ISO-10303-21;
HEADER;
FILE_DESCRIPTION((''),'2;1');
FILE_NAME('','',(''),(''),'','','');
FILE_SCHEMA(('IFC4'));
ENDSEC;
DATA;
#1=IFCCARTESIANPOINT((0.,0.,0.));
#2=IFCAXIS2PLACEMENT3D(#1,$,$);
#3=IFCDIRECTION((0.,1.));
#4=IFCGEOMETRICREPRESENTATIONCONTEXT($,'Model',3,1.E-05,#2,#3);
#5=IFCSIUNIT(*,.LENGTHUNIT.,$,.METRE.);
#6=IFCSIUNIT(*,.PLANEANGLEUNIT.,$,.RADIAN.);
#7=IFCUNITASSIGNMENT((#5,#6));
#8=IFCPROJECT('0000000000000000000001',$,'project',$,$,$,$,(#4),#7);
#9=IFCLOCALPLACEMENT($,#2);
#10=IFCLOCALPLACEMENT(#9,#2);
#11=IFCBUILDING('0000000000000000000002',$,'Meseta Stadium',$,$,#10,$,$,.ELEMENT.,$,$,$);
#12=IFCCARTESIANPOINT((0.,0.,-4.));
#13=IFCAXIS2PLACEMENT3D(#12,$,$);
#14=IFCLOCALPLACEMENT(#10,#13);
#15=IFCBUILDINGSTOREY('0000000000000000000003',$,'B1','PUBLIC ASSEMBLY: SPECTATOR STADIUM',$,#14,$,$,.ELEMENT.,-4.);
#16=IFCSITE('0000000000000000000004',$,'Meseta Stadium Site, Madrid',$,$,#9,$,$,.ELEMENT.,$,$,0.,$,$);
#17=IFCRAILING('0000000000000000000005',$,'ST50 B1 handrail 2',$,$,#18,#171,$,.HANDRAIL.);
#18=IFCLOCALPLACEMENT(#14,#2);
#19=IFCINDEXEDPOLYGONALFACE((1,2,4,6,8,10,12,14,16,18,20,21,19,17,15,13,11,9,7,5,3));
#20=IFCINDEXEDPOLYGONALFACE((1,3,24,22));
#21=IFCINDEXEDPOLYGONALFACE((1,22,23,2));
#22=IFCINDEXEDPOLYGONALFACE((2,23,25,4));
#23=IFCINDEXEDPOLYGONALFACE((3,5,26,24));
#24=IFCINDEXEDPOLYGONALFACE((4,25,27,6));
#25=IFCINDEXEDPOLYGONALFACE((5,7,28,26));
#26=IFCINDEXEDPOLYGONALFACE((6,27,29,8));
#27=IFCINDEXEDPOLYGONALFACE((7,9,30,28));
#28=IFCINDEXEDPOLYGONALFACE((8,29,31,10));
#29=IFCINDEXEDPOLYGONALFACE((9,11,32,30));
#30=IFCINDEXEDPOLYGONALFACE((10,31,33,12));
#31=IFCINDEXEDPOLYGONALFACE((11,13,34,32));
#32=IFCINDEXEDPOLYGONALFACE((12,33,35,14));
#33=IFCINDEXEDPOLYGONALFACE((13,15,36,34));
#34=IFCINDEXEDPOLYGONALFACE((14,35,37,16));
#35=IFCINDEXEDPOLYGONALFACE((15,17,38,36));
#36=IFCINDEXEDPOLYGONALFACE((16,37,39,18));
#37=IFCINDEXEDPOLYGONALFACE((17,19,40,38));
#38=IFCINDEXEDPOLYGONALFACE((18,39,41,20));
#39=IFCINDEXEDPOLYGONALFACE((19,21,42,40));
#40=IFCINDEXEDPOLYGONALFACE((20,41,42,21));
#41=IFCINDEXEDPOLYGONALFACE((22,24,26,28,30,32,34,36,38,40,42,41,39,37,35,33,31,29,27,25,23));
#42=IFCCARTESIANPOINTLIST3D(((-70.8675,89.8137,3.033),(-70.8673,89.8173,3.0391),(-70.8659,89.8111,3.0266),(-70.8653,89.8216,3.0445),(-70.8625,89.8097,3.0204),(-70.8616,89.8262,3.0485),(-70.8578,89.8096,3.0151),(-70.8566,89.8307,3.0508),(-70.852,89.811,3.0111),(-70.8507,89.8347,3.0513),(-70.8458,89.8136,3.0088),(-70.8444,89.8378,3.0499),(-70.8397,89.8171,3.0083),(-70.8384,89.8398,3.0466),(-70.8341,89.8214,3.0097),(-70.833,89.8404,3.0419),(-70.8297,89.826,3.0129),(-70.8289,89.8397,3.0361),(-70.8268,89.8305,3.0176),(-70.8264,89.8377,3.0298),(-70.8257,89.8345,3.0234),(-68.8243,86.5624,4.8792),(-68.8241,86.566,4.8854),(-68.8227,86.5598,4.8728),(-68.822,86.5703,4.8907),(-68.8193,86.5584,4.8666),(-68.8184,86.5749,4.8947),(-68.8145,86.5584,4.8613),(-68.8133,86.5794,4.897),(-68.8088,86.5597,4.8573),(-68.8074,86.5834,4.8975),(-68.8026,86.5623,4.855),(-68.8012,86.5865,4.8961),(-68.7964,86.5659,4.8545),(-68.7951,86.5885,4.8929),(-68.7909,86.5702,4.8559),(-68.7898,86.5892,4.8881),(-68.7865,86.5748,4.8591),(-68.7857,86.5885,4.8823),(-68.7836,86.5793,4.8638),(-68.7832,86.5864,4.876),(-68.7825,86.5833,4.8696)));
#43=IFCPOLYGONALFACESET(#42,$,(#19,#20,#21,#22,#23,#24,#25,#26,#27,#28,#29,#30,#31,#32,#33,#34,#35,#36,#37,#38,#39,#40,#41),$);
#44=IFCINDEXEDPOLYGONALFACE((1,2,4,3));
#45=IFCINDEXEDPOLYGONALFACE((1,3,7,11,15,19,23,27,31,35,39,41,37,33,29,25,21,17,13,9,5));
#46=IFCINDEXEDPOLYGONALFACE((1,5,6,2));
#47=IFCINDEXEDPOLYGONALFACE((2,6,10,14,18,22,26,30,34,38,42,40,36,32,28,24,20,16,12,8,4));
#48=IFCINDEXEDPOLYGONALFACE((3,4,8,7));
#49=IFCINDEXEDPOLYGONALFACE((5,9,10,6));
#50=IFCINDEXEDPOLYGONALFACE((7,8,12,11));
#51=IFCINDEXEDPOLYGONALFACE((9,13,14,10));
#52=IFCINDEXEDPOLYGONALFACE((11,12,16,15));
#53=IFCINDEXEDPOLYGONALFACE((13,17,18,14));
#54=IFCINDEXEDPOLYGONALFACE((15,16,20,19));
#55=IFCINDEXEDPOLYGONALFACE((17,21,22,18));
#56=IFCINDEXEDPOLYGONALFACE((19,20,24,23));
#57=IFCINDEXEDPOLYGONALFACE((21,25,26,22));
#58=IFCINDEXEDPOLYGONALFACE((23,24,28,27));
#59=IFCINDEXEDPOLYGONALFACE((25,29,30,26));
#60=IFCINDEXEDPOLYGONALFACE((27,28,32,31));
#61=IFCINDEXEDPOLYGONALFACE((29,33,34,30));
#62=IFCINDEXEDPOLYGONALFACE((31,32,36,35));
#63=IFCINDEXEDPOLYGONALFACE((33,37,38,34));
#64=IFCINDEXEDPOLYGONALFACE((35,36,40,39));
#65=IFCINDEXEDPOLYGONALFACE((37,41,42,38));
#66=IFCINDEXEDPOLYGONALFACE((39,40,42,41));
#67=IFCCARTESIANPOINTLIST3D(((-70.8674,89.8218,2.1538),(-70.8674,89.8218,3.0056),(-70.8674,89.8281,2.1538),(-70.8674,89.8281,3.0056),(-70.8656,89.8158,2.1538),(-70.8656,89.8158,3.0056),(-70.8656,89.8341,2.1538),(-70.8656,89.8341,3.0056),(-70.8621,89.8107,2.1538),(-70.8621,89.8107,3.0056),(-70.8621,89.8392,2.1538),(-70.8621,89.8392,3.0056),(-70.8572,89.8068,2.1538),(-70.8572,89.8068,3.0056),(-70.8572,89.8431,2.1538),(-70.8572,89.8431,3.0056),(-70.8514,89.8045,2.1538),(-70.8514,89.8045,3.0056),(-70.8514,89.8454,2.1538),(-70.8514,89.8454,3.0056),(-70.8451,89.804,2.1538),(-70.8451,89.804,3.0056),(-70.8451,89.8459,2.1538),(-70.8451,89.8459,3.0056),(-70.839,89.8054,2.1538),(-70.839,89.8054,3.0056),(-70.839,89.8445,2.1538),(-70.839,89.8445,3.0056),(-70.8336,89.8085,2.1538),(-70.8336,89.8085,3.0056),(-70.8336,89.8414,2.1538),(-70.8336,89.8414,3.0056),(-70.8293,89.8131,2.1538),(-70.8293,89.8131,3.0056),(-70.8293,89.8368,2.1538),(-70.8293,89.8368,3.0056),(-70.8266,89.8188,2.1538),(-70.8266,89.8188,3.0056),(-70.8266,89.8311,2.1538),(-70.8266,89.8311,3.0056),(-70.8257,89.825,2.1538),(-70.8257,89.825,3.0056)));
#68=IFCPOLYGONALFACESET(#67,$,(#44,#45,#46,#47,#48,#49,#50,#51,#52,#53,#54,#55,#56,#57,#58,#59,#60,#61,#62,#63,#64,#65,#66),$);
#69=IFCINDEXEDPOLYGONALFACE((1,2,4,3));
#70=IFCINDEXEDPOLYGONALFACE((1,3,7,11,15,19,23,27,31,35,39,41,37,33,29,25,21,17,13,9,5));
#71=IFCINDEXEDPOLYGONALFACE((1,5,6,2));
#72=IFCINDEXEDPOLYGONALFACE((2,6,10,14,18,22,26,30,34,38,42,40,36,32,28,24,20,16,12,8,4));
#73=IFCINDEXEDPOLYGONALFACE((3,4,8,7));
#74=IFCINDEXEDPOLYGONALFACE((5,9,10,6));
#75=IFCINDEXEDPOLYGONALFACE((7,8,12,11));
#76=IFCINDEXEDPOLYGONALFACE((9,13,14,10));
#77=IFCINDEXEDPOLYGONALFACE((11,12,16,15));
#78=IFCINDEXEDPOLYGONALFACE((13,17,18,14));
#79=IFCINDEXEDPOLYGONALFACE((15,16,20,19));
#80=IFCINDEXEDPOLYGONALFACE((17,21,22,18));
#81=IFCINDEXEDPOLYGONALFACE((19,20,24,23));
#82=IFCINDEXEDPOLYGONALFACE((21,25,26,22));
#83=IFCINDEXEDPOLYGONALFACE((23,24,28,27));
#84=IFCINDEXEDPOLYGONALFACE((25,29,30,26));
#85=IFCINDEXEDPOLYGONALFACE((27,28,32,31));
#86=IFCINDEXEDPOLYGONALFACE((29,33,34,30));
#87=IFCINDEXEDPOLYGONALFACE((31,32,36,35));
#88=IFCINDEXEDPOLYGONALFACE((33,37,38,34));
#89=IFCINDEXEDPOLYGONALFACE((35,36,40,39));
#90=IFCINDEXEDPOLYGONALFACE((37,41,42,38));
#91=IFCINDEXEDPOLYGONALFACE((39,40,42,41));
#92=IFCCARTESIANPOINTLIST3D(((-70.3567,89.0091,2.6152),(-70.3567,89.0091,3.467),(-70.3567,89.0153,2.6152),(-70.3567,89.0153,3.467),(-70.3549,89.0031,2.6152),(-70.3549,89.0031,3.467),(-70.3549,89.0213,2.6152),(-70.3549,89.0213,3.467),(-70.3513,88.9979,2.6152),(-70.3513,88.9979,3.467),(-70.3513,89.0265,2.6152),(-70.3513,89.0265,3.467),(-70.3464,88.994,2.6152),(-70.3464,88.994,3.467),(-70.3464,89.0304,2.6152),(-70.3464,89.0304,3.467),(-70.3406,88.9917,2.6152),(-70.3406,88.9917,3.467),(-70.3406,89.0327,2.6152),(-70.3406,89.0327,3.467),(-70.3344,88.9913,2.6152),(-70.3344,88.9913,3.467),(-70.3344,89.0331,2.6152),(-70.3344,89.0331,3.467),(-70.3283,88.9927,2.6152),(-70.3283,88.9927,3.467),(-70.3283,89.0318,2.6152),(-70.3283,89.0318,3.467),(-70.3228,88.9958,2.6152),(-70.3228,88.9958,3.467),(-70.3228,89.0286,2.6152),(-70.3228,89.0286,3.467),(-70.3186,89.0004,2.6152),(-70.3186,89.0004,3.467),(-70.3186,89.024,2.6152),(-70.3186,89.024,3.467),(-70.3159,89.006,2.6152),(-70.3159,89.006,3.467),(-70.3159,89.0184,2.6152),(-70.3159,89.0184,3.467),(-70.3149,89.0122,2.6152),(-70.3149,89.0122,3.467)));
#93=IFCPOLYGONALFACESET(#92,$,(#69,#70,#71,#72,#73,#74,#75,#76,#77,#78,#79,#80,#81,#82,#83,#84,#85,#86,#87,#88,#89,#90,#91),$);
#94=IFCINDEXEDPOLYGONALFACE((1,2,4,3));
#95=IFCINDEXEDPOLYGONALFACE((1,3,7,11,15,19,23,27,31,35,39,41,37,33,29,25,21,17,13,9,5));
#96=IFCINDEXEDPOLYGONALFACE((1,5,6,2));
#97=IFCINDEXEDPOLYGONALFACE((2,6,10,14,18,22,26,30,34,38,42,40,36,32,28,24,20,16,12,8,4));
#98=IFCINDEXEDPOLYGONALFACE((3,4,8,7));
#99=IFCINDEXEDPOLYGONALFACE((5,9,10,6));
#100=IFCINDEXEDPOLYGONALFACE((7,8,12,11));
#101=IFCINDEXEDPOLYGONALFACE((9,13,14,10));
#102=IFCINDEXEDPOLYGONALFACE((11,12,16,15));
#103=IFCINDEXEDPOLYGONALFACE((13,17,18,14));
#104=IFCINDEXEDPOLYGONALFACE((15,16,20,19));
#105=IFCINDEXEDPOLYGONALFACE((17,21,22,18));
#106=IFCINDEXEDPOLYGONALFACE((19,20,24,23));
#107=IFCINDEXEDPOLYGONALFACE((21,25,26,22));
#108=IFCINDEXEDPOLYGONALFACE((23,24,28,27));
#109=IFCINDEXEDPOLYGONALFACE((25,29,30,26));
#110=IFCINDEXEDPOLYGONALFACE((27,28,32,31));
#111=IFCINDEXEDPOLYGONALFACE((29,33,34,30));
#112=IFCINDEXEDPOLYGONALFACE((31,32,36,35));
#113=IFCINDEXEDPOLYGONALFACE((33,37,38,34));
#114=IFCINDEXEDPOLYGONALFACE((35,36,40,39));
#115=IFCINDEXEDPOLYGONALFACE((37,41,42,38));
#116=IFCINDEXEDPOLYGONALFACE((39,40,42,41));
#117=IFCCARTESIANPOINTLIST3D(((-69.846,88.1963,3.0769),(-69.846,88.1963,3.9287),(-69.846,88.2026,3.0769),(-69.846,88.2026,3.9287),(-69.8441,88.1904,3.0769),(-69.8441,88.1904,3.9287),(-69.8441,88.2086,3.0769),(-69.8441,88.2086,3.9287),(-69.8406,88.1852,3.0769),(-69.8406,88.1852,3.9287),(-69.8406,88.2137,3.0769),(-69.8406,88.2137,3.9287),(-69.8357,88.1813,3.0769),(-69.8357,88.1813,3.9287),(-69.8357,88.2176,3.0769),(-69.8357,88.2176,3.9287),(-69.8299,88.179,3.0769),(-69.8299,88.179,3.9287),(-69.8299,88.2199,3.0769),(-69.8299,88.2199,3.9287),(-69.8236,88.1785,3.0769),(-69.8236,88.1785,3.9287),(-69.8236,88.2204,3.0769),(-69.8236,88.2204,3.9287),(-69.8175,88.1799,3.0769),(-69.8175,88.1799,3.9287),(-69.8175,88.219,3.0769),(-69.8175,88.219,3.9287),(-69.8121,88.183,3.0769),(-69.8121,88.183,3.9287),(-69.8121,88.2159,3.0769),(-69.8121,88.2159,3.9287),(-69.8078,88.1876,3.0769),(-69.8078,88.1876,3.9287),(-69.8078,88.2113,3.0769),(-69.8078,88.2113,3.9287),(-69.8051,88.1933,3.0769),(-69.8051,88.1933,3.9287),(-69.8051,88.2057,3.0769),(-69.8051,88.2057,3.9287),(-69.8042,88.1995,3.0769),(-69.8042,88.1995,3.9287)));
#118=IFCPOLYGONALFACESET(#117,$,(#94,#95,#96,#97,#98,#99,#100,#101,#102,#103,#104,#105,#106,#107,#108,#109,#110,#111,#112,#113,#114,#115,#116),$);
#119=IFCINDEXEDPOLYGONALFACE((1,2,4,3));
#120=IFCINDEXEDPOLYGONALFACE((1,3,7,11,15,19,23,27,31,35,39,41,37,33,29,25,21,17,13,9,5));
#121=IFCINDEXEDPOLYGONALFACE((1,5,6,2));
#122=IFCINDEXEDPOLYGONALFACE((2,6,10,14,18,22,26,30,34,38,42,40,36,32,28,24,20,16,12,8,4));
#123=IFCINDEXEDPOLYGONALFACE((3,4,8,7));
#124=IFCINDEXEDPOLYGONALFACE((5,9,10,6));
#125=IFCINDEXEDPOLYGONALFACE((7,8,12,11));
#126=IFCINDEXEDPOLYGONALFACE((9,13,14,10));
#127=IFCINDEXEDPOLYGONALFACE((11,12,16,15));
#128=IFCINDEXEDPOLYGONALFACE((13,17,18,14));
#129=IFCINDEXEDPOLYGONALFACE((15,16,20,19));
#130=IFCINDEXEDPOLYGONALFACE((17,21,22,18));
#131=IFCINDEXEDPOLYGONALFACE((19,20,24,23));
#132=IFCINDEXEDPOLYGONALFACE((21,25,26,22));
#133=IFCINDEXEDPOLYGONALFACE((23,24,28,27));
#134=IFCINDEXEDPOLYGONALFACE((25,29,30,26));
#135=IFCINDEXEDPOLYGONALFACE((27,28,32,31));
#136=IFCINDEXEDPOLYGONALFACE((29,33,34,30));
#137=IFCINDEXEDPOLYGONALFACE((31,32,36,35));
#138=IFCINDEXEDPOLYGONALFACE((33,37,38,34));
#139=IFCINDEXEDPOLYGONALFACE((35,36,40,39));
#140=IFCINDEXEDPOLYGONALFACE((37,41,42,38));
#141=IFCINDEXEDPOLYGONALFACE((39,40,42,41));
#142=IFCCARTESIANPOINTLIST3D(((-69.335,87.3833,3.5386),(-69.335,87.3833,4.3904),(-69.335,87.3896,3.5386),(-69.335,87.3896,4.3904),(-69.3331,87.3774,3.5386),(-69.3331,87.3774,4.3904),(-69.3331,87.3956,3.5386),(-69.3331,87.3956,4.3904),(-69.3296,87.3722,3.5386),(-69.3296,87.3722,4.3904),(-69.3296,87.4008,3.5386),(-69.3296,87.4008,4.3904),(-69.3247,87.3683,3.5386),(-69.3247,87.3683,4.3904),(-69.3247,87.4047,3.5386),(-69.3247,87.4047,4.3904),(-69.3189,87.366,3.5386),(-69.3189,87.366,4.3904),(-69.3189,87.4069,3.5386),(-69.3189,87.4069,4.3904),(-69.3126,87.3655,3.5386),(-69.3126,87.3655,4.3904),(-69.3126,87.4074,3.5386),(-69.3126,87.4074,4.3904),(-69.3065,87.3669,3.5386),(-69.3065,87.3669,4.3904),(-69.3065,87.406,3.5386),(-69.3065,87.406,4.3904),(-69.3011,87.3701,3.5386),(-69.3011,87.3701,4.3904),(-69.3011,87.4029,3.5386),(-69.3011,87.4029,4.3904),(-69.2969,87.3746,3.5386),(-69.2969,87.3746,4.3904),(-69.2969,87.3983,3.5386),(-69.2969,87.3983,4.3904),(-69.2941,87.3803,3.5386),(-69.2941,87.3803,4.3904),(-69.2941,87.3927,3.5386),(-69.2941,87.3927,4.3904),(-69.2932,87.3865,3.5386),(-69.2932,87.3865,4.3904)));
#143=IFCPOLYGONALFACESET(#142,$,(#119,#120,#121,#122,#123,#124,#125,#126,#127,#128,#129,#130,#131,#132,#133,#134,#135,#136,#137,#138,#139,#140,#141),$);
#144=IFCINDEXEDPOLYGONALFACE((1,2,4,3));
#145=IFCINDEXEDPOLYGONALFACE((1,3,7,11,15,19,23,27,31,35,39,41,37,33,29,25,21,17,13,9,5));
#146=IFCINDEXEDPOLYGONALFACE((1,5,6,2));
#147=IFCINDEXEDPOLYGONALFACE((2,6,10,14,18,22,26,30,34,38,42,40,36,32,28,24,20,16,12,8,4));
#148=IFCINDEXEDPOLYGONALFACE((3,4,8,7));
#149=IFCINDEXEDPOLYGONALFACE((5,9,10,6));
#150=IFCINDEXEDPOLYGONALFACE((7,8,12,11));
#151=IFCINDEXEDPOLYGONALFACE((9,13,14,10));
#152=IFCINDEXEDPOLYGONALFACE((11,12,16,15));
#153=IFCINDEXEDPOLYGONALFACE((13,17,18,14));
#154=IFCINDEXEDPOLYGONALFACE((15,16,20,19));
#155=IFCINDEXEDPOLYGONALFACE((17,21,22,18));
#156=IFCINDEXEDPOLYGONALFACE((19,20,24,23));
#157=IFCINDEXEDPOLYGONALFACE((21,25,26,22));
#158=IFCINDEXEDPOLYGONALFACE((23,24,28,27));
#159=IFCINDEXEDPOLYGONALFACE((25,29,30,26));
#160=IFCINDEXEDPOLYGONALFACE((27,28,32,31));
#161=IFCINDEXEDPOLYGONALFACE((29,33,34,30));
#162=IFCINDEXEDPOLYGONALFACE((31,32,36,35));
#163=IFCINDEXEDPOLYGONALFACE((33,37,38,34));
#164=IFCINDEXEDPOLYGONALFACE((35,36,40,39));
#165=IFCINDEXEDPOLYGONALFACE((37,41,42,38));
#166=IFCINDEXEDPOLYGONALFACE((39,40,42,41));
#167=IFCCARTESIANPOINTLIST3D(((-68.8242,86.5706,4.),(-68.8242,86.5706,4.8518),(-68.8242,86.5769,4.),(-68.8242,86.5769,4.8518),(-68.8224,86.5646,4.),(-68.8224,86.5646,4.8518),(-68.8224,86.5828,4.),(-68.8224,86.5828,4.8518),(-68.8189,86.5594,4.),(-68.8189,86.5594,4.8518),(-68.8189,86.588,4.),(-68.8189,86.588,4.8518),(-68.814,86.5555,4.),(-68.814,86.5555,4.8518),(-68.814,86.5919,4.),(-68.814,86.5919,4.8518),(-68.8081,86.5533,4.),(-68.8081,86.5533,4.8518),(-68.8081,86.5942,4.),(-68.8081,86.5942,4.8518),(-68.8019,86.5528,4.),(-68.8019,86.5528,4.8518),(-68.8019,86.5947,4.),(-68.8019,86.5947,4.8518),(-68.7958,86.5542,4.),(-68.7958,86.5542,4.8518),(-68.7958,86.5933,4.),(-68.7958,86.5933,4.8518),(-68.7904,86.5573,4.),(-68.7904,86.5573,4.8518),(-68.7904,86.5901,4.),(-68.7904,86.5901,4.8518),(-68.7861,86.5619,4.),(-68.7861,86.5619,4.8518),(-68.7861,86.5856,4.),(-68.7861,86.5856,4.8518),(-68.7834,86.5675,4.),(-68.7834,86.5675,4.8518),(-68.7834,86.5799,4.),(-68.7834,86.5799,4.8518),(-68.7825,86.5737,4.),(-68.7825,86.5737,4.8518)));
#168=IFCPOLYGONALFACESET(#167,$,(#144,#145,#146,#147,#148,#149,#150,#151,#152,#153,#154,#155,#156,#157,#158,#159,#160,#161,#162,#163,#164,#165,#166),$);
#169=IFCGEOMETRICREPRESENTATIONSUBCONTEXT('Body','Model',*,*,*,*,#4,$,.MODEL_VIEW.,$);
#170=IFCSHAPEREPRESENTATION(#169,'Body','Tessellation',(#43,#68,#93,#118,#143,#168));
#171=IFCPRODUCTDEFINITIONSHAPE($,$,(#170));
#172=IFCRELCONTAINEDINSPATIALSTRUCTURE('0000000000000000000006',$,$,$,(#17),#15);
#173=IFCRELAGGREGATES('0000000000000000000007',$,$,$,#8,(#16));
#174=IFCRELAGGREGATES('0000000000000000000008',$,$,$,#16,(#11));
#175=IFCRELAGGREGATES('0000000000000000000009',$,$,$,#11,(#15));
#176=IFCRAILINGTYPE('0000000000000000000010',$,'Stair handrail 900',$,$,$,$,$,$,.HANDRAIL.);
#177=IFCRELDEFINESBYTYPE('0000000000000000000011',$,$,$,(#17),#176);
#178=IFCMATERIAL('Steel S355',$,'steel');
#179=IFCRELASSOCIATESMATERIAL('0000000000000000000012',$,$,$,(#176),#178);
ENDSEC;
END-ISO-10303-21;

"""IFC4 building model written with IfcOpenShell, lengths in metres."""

from ifc_helpers import new_model, si_unit, direction, frame, origin, origin_2d, place, context, subcontext, project, spatial, circle, extrude, material, type_object, element, save


model = new_model("IFC4")

# Units and contexts
model_context = context("Model", 3, precision=1e-05, world=origin(), true_north=direction((0.0, 1.0)))
body_context = subcontext(model_context, "Body", "Model", "MODEL_VIEW")
ifc_project = project(units=[si_unit("LENGTHUNIT", "METRE"), si_unit("PLANEANGLEUNIT", "RADIAN")], contexts=[model_context])

# Site, building, storey
site_placement = place(None, origin())
site = spatial("IfcSite", under=ifc_project, at=site_placement, Name="Meseta Stadium Site, Madrid", CompositionType="ELEMENT", RefElevation=0.0)
building_placement = place(site_placement, origin())
building = spatial("IfcBuilding", under=site, at=building_placement, Name="Meseta Stadium", CompositionType="ELEMENT")
storey_placement = place(building_placement, frame((0.0, 0.0, -4.0)))
storey = spatial("IfcBuildingStorey", under=building, at=storey_placement, Name="B1", Description="PUBLIC ASSEMBLY: SPECTATOR STADIUM", CompositionType="ELEMENT", Elevation=-4.0)

# Railing
ifc_material_1 = material(Name="Steel S355", Category="steel")
railing_type_1 = type_object("IfcRailingType", Name="Stair handrail 900", PredefinedType="HANDRAIL", material=ifc_material_1)
railing_1_placement = place(storey_placement, frame((-70.8467, 89.825, 2.1538)))
element("IfcRailing", 1, at=railing_1_placement, inside=storey, type_object=railing_type_1, Name="ST50 B1 handrail 2", PredefinedType="HANDRAIL", context=body_context, shape_type="SweptSolid", body=[
    extrude(circle(Radius=0.0239, at=origin_2d()), frame((0.0, 0.0, 0.876), z_axis=(0.479548, -0.763072, 0.433307), x_axis=(0.846685, 0.532095, 0.0)), (0.0, 0.0, 1.0), 4.2607),
    extrude(circle(Radius=0.021, at=origin_2d()), origin(), (0.0, 0.0, 1.0), 0.8518),
    extrude(circle(Radius=0.021, at=origin_2d()), frame((0.5107, -0.8127, 0.4614)), (0.0, 0.0, 1.0), 0.8518),
    extrude(circle(Radius=0.021, at=origin_2d()), frame((1.0215, -1.6255, 0.9231)), (0.0, 0.0, 1.0), 0.8518),
    extrude(circle(Radius=0.021, at=origin_2d()), frame((1.5325, -2.4385, 1.3848)), (0.0, 0.0, 1.0), 0.8518),
    extrude(circle(Radius=0.021, at=origin_2d()), frame((2.0432, -3.2512, 1.8462)), (0.0, 0.0, 1.0), 0.8518),
])

save(model, "model.ifc")
